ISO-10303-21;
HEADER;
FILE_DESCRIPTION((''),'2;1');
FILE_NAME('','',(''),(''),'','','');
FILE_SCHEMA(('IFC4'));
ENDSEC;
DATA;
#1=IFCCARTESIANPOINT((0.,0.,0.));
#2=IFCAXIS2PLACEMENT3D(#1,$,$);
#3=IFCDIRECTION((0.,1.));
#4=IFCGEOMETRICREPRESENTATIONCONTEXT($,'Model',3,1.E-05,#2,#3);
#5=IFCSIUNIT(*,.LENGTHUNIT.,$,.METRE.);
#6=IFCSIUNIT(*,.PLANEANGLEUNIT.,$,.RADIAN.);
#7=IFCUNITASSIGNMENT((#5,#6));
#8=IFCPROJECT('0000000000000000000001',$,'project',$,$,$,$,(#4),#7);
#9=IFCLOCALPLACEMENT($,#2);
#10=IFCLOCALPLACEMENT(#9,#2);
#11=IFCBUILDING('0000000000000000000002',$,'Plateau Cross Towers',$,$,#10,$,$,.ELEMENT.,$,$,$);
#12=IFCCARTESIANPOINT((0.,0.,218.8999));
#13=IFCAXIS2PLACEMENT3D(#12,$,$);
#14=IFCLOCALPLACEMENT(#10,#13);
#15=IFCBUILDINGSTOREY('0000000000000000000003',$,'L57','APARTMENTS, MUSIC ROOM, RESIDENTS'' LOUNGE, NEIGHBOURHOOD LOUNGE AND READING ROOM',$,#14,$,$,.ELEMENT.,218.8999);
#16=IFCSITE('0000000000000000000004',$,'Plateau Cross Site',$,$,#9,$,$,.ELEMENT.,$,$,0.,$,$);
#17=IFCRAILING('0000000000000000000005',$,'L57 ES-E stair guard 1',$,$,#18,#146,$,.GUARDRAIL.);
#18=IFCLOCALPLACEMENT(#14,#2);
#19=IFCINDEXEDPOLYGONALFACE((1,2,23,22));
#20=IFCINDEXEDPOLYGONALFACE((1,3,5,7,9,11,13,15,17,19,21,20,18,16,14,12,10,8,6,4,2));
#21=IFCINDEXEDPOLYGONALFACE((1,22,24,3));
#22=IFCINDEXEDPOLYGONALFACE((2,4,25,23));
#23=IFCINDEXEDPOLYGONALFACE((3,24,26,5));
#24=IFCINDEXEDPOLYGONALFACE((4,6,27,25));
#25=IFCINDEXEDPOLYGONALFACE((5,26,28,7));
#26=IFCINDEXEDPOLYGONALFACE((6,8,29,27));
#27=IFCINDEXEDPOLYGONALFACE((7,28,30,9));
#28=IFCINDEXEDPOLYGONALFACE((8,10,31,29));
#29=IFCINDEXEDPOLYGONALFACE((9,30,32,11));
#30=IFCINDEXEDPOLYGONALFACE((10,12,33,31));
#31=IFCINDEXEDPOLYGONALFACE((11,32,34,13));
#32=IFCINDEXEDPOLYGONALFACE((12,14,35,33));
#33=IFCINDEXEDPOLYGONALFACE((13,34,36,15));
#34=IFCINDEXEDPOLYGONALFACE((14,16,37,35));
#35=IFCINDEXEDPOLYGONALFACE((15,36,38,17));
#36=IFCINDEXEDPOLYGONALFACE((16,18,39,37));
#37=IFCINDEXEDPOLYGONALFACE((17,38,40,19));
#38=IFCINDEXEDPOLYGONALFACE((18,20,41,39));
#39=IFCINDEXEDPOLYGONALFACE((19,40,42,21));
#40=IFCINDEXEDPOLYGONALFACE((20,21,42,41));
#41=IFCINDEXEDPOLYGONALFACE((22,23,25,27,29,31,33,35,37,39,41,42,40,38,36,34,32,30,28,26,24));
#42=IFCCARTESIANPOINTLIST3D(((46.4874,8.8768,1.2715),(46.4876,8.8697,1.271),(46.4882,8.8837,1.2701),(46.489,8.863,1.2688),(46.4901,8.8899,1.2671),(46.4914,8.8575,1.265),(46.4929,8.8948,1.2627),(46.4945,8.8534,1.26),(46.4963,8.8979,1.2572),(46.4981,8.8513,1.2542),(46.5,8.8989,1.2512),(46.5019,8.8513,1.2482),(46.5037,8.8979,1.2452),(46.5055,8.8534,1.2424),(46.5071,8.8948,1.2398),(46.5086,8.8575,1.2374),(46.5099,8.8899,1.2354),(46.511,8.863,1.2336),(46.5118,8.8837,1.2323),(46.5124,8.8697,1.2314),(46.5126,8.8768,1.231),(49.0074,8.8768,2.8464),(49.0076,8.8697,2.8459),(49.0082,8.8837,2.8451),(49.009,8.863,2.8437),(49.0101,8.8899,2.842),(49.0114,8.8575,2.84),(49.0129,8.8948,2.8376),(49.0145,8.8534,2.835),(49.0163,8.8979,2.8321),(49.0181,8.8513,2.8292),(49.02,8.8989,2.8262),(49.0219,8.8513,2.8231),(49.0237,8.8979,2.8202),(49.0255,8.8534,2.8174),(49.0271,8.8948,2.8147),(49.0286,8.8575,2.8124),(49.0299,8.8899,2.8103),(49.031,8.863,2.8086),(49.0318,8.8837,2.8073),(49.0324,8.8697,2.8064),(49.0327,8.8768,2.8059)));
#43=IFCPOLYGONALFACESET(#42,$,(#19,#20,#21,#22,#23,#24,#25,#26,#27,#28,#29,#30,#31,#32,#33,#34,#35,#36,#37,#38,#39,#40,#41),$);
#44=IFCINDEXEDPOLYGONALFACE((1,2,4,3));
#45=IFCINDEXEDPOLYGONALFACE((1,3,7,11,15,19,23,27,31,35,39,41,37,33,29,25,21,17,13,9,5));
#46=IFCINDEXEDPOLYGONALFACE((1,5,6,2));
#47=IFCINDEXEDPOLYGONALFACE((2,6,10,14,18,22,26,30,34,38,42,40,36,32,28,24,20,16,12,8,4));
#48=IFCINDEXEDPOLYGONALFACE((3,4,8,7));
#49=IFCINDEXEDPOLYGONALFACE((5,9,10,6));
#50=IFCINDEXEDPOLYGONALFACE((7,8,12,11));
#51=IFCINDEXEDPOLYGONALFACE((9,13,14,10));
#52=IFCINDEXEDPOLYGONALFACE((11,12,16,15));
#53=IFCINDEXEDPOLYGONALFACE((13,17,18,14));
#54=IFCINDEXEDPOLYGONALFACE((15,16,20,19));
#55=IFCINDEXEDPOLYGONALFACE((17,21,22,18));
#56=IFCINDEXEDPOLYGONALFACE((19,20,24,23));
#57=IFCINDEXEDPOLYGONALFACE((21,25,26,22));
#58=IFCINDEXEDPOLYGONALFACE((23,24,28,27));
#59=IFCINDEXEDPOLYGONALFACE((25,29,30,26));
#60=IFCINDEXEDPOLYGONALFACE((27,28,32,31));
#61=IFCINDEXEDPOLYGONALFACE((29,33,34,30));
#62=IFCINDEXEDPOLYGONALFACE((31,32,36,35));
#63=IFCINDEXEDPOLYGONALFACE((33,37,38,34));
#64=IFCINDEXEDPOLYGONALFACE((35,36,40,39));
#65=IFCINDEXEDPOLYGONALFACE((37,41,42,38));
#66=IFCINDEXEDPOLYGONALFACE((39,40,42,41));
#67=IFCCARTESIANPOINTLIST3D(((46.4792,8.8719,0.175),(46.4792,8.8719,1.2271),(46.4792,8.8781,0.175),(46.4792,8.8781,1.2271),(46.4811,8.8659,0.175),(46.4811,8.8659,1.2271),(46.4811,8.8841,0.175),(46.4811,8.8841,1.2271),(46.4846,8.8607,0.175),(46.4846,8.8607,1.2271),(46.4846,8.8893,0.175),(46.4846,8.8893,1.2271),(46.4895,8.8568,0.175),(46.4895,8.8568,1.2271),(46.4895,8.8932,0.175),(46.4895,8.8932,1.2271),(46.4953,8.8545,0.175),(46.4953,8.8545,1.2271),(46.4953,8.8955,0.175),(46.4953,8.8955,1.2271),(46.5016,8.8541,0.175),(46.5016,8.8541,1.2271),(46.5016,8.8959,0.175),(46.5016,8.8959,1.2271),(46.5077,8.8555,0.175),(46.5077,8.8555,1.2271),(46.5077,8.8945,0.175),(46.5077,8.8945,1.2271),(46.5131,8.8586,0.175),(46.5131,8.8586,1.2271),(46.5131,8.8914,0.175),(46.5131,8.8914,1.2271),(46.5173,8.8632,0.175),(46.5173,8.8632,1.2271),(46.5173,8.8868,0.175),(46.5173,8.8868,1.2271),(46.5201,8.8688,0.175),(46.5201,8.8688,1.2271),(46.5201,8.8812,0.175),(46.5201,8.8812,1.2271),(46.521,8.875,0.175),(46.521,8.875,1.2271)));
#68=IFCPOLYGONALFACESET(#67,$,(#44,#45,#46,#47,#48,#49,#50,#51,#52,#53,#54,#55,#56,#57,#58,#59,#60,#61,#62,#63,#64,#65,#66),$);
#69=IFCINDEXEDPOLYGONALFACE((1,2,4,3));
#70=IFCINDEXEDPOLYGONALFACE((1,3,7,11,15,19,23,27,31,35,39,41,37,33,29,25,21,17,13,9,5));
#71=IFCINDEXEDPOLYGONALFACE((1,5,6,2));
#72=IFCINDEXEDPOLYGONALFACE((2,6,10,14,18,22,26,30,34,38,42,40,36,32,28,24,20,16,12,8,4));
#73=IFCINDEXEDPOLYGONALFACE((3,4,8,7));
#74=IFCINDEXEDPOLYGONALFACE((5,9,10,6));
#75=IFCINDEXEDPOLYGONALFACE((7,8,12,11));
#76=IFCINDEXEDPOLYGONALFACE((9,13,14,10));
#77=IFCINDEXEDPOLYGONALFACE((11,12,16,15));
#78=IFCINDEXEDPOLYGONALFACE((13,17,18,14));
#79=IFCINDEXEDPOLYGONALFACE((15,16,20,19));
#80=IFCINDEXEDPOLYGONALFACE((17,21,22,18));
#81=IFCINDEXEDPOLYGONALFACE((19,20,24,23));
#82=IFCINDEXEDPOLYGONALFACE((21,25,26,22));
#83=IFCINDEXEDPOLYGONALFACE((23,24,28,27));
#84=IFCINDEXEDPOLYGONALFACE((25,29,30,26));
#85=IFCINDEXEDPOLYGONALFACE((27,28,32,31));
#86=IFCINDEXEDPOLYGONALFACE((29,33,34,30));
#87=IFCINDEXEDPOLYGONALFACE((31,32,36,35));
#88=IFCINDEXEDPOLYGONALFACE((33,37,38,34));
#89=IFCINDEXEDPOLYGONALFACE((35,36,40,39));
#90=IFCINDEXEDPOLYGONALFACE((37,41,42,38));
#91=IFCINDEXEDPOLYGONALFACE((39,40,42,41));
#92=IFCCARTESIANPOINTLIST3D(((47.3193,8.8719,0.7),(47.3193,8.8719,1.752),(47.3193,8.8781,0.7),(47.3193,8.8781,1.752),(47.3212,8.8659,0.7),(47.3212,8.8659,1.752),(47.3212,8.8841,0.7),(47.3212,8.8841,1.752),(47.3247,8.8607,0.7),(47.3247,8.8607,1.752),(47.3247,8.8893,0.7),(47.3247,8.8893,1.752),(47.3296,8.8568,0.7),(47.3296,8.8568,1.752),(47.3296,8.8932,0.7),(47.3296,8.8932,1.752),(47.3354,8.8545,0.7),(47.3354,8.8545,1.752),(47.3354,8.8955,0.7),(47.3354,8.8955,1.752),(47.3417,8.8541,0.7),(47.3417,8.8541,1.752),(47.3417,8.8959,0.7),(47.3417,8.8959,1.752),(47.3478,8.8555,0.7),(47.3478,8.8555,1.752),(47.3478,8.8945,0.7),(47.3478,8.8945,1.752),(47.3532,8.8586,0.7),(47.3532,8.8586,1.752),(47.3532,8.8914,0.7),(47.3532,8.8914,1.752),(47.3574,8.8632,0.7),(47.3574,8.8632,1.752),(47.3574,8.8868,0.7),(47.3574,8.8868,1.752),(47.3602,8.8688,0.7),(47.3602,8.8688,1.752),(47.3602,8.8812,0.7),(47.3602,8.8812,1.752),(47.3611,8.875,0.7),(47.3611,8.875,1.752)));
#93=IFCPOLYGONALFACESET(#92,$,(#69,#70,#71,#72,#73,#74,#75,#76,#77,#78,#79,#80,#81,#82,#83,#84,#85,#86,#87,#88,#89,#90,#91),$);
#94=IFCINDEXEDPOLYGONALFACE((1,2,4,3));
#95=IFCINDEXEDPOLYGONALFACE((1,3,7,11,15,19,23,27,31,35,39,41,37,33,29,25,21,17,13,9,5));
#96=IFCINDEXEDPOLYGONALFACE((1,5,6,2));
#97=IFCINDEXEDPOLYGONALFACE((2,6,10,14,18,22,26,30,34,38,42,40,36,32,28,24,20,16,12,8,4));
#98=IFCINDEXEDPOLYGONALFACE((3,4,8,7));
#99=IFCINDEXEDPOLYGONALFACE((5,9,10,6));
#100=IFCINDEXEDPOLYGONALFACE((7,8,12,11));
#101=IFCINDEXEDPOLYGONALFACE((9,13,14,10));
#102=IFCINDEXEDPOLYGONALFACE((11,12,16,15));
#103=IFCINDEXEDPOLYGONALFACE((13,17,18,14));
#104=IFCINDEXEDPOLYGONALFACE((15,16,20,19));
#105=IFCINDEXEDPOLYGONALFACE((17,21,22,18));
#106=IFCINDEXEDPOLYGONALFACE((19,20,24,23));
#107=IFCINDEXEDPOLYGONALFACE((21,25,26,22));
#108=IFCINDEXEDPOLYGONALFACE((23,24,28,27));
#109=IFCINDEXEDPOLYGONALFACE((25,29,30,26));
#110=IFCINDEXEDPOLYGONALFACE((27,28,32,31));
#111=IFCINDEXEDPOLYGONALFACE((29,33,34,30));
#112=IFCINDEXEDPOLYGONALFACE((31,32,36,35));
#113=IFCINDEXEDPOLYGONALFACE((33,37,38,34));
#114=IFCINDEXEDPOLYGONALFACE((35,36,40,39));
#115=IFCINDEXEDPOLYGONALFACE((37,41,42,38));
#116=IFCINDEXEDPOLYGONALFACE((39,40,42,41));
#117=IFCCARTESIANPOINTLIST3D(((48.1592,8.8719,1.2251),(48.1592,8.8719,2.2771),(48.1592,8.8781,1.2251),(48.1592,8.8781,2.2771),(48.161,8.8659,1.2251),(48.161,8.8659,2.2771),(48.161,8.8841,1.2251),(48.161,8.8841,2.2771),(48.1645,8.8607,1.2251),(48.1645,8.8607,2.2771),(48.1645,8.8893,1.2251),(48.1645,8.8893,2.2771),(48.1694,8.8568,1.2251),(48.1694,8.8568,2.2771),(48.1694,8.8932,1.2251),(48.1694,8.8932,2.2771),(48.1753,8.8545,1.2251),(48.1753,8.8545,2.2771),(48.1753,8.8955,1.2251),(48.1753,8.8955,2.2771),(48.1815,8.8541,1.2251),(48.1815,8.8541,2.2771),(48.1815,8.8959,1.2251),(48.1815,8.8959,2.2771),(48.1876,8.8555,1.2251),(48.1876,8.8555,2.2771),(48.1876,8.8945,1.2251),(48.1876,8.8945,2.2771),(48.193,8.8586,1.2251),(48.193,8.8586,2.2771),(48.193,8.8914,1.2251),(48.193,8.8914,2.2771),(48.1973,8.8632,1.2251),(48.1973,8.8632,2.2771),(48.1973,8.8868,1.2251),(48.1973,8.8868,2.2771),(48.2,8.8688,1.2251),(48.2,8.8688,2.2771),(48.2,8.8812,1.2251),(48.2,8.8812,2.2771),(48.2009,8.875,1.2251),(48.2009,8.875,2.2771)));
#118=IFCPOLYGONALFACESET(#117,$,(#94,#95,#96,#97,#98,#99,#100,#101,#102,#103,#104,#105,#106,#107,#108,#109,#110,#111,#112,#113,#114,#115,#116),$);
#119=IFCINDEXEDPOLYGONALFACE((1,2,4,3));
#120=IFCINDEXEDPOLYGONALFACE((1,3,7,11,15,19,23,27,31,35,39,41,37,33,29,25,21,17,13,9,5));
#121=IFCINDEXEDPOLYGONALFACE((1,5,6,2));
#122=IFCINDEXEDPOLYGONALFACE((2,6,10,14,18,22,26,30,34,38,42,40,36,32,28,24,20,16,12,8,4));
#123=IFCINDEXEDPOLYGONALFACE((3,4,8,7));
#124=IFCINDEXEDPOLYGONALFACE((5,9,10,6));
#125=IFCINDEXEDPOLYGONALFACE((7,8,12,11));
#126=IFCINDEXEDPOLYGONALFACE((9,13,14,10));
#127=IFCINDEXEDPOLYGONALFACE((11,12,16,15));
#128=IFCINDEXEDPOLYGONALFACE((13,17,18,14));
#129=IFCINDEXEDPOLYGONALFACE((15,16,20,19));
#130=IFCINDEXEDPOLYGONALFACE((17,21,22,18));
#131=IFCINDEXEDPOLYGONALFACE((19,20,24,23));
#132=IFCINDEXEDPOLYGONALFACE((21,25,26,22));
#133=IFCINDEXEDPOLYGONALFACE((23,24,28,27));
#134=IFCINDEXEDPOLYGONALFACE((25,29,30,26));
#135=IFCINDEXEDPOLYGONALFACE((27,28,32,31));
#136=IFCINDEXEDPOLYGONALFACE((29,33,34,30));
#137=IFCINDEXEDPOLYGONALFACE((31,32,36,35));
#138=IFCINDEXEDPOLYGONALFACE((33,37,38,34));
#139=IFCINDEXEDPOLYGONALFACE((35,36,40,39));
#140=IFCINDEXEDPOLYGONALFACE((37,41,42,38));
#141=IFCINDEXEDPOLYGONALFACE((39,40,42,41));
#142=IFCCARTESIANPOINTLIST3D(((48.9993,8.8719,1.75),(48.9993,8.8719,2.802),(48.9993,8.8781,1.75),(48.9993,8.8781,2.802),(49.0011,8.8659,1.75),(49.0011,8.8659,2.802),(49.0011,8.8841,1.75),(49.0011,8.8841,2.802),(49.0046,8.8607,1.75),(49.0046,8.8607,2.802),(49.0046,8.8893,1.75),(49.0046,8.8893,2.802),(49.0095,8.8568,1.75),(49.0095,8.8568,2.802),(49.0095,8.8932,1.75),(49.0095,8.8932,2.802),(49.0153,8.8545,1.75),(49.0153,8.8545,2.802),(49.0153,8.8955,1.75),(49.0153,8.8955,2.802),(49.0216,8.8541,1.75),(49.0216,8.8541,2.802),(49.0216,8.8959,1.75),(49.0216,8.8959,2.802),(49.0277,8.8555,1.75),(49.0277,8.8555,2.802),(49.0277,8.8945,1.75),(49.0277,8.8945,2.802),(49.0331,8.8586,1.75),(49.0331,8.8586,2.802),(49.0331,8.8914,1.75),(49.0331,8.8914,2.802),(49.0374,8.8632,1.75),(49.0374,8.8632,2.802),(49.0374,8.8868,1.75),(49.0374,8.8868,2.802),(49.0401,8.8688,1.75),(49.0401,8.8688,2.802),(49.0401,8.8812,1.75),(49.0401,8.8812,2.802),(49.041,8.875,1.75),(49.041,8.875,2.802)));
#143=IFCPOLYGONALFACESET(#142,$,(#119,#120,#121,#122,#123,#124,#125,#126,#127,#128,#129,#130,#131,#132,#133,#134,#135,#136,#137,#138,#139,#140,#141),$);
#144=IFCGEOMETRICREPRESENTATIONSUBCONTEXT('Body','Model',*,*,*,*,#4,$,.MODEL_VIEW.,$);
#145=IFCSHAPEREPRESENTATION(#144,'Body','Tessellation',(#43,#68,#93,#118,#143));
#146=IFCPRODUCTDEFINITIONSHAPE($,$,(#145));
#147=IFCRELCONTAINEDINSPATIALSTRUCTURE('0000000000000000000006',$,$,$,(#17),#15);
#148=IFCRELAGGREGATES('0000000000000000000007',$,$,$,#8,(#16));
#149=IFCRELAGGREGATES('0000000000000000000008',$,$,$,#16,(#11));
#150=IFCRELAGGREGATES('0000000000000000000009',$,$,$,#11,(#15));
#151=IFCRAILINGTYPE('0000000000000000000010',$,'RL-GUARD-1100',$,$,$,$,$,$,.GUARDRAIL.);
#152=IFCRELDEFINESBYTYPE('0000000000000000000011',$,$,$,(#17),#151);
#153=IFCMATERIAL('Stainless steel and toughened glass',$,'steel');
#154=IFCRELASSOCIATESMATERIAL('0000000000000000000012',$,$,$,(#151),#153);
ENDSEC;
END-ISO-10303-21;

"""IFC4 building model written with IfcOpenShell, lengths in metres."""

from ifc_helpers import new_model, si_unit, direction, frame, origin, origin_2d, place, context, subcontext, project, spatial, circle, extrude, material, type_object, element, save


model = new_model("IFC4")

# Units and contexts
model_context = context("Model", 3, precision=1e-05, world=origin(), true_north=direction((0.0, 1.0)))
body_context = subcontext(model_context, "Body", "Model", "MODEL_VIEW")
ifc_project = project(units=[si_unit("LENGTHUNIT", "METRE"), si_unit("PLANEANGLEUNIT", "RADIAN")], contexts=[model_context])

# Site, building, storey
site_placement = place(None, origin())
site = spatial("IfcSite", under=ifc_project, at=site_placement, Name="Plateau Cross Site", CompositionType="ELEMENT", RefElevation=0.0)
building_placement = place(site_placement, origin())
building = spatial("IfcBuilding", under=site, at=building_placement, Name="Plateau Cross Towers", CompositionType="ELEMENT")
storey_placement = place(building_placement, frame((0.0, 0.0, 218.8999)))
storey = spatial("IfcBuildingStorey", under=building, at=storey_placement, Name="L57", Description="APARTMENTS, MUSIC ROOM, RESIDENTS' LOUNGE, NEIGHBOURHOOD LOUNGE AND READING ROOM", CompositionType="ELEMENT", Elevation=218.8999)

# Railing
ifc_material_1 = material(Name="Stainless steel and toughened glass", Category="steel")
railing_type_1 = type_object("IfcRailingType", Name="RL-GUARD-1100", PredefinedType="GUARDRAIL", material=ifc_material_1)
railing_1_placement = place(storey_placement, frame((46.5, 8.875, 0.175)))
element("IfcRailing", 1, at=railing_1_placement, inside=storey, type_object=railing_type_1, Name="L57 ES-E stair guard 1", PredefinedType="GUARDRAIL", context=body_context, shape_type="SweptSolid", body=[
    extrude(circle(Radius=0.0239, at=origin_2d()), frame((0.0, 0.0, 1.0762), z_axis=(0.848008, 0.0, 0.529984), x_axis=(0.0, 1.0, 0.0)), (0.0, 0.0, 1.0), 2.9717),
    extrude(circle(Radius=0.021, at=origin_2d()), origin(), (0.0, 0.0, 1.0), 1.052),
    extrude(circle(Radius=0.021, at=origin_2d()), frame((0.8401, 0.0, 0.5249)), (0.0, 0.0, 1.0), 1.052),
    extrude(circle(Radius=0.021, at=origin_2d()), frame((1.6799, 0.0, 1.05)), (0.0, 0.0, 1.0), 1.052),
    extrude(circle(Radius=0.021, at=origin_2d()), frame((2.52, 0.0, 1.575)), (0.0, 0.0, 1.0), 1.052),
])

save(model, "model.ifc")
